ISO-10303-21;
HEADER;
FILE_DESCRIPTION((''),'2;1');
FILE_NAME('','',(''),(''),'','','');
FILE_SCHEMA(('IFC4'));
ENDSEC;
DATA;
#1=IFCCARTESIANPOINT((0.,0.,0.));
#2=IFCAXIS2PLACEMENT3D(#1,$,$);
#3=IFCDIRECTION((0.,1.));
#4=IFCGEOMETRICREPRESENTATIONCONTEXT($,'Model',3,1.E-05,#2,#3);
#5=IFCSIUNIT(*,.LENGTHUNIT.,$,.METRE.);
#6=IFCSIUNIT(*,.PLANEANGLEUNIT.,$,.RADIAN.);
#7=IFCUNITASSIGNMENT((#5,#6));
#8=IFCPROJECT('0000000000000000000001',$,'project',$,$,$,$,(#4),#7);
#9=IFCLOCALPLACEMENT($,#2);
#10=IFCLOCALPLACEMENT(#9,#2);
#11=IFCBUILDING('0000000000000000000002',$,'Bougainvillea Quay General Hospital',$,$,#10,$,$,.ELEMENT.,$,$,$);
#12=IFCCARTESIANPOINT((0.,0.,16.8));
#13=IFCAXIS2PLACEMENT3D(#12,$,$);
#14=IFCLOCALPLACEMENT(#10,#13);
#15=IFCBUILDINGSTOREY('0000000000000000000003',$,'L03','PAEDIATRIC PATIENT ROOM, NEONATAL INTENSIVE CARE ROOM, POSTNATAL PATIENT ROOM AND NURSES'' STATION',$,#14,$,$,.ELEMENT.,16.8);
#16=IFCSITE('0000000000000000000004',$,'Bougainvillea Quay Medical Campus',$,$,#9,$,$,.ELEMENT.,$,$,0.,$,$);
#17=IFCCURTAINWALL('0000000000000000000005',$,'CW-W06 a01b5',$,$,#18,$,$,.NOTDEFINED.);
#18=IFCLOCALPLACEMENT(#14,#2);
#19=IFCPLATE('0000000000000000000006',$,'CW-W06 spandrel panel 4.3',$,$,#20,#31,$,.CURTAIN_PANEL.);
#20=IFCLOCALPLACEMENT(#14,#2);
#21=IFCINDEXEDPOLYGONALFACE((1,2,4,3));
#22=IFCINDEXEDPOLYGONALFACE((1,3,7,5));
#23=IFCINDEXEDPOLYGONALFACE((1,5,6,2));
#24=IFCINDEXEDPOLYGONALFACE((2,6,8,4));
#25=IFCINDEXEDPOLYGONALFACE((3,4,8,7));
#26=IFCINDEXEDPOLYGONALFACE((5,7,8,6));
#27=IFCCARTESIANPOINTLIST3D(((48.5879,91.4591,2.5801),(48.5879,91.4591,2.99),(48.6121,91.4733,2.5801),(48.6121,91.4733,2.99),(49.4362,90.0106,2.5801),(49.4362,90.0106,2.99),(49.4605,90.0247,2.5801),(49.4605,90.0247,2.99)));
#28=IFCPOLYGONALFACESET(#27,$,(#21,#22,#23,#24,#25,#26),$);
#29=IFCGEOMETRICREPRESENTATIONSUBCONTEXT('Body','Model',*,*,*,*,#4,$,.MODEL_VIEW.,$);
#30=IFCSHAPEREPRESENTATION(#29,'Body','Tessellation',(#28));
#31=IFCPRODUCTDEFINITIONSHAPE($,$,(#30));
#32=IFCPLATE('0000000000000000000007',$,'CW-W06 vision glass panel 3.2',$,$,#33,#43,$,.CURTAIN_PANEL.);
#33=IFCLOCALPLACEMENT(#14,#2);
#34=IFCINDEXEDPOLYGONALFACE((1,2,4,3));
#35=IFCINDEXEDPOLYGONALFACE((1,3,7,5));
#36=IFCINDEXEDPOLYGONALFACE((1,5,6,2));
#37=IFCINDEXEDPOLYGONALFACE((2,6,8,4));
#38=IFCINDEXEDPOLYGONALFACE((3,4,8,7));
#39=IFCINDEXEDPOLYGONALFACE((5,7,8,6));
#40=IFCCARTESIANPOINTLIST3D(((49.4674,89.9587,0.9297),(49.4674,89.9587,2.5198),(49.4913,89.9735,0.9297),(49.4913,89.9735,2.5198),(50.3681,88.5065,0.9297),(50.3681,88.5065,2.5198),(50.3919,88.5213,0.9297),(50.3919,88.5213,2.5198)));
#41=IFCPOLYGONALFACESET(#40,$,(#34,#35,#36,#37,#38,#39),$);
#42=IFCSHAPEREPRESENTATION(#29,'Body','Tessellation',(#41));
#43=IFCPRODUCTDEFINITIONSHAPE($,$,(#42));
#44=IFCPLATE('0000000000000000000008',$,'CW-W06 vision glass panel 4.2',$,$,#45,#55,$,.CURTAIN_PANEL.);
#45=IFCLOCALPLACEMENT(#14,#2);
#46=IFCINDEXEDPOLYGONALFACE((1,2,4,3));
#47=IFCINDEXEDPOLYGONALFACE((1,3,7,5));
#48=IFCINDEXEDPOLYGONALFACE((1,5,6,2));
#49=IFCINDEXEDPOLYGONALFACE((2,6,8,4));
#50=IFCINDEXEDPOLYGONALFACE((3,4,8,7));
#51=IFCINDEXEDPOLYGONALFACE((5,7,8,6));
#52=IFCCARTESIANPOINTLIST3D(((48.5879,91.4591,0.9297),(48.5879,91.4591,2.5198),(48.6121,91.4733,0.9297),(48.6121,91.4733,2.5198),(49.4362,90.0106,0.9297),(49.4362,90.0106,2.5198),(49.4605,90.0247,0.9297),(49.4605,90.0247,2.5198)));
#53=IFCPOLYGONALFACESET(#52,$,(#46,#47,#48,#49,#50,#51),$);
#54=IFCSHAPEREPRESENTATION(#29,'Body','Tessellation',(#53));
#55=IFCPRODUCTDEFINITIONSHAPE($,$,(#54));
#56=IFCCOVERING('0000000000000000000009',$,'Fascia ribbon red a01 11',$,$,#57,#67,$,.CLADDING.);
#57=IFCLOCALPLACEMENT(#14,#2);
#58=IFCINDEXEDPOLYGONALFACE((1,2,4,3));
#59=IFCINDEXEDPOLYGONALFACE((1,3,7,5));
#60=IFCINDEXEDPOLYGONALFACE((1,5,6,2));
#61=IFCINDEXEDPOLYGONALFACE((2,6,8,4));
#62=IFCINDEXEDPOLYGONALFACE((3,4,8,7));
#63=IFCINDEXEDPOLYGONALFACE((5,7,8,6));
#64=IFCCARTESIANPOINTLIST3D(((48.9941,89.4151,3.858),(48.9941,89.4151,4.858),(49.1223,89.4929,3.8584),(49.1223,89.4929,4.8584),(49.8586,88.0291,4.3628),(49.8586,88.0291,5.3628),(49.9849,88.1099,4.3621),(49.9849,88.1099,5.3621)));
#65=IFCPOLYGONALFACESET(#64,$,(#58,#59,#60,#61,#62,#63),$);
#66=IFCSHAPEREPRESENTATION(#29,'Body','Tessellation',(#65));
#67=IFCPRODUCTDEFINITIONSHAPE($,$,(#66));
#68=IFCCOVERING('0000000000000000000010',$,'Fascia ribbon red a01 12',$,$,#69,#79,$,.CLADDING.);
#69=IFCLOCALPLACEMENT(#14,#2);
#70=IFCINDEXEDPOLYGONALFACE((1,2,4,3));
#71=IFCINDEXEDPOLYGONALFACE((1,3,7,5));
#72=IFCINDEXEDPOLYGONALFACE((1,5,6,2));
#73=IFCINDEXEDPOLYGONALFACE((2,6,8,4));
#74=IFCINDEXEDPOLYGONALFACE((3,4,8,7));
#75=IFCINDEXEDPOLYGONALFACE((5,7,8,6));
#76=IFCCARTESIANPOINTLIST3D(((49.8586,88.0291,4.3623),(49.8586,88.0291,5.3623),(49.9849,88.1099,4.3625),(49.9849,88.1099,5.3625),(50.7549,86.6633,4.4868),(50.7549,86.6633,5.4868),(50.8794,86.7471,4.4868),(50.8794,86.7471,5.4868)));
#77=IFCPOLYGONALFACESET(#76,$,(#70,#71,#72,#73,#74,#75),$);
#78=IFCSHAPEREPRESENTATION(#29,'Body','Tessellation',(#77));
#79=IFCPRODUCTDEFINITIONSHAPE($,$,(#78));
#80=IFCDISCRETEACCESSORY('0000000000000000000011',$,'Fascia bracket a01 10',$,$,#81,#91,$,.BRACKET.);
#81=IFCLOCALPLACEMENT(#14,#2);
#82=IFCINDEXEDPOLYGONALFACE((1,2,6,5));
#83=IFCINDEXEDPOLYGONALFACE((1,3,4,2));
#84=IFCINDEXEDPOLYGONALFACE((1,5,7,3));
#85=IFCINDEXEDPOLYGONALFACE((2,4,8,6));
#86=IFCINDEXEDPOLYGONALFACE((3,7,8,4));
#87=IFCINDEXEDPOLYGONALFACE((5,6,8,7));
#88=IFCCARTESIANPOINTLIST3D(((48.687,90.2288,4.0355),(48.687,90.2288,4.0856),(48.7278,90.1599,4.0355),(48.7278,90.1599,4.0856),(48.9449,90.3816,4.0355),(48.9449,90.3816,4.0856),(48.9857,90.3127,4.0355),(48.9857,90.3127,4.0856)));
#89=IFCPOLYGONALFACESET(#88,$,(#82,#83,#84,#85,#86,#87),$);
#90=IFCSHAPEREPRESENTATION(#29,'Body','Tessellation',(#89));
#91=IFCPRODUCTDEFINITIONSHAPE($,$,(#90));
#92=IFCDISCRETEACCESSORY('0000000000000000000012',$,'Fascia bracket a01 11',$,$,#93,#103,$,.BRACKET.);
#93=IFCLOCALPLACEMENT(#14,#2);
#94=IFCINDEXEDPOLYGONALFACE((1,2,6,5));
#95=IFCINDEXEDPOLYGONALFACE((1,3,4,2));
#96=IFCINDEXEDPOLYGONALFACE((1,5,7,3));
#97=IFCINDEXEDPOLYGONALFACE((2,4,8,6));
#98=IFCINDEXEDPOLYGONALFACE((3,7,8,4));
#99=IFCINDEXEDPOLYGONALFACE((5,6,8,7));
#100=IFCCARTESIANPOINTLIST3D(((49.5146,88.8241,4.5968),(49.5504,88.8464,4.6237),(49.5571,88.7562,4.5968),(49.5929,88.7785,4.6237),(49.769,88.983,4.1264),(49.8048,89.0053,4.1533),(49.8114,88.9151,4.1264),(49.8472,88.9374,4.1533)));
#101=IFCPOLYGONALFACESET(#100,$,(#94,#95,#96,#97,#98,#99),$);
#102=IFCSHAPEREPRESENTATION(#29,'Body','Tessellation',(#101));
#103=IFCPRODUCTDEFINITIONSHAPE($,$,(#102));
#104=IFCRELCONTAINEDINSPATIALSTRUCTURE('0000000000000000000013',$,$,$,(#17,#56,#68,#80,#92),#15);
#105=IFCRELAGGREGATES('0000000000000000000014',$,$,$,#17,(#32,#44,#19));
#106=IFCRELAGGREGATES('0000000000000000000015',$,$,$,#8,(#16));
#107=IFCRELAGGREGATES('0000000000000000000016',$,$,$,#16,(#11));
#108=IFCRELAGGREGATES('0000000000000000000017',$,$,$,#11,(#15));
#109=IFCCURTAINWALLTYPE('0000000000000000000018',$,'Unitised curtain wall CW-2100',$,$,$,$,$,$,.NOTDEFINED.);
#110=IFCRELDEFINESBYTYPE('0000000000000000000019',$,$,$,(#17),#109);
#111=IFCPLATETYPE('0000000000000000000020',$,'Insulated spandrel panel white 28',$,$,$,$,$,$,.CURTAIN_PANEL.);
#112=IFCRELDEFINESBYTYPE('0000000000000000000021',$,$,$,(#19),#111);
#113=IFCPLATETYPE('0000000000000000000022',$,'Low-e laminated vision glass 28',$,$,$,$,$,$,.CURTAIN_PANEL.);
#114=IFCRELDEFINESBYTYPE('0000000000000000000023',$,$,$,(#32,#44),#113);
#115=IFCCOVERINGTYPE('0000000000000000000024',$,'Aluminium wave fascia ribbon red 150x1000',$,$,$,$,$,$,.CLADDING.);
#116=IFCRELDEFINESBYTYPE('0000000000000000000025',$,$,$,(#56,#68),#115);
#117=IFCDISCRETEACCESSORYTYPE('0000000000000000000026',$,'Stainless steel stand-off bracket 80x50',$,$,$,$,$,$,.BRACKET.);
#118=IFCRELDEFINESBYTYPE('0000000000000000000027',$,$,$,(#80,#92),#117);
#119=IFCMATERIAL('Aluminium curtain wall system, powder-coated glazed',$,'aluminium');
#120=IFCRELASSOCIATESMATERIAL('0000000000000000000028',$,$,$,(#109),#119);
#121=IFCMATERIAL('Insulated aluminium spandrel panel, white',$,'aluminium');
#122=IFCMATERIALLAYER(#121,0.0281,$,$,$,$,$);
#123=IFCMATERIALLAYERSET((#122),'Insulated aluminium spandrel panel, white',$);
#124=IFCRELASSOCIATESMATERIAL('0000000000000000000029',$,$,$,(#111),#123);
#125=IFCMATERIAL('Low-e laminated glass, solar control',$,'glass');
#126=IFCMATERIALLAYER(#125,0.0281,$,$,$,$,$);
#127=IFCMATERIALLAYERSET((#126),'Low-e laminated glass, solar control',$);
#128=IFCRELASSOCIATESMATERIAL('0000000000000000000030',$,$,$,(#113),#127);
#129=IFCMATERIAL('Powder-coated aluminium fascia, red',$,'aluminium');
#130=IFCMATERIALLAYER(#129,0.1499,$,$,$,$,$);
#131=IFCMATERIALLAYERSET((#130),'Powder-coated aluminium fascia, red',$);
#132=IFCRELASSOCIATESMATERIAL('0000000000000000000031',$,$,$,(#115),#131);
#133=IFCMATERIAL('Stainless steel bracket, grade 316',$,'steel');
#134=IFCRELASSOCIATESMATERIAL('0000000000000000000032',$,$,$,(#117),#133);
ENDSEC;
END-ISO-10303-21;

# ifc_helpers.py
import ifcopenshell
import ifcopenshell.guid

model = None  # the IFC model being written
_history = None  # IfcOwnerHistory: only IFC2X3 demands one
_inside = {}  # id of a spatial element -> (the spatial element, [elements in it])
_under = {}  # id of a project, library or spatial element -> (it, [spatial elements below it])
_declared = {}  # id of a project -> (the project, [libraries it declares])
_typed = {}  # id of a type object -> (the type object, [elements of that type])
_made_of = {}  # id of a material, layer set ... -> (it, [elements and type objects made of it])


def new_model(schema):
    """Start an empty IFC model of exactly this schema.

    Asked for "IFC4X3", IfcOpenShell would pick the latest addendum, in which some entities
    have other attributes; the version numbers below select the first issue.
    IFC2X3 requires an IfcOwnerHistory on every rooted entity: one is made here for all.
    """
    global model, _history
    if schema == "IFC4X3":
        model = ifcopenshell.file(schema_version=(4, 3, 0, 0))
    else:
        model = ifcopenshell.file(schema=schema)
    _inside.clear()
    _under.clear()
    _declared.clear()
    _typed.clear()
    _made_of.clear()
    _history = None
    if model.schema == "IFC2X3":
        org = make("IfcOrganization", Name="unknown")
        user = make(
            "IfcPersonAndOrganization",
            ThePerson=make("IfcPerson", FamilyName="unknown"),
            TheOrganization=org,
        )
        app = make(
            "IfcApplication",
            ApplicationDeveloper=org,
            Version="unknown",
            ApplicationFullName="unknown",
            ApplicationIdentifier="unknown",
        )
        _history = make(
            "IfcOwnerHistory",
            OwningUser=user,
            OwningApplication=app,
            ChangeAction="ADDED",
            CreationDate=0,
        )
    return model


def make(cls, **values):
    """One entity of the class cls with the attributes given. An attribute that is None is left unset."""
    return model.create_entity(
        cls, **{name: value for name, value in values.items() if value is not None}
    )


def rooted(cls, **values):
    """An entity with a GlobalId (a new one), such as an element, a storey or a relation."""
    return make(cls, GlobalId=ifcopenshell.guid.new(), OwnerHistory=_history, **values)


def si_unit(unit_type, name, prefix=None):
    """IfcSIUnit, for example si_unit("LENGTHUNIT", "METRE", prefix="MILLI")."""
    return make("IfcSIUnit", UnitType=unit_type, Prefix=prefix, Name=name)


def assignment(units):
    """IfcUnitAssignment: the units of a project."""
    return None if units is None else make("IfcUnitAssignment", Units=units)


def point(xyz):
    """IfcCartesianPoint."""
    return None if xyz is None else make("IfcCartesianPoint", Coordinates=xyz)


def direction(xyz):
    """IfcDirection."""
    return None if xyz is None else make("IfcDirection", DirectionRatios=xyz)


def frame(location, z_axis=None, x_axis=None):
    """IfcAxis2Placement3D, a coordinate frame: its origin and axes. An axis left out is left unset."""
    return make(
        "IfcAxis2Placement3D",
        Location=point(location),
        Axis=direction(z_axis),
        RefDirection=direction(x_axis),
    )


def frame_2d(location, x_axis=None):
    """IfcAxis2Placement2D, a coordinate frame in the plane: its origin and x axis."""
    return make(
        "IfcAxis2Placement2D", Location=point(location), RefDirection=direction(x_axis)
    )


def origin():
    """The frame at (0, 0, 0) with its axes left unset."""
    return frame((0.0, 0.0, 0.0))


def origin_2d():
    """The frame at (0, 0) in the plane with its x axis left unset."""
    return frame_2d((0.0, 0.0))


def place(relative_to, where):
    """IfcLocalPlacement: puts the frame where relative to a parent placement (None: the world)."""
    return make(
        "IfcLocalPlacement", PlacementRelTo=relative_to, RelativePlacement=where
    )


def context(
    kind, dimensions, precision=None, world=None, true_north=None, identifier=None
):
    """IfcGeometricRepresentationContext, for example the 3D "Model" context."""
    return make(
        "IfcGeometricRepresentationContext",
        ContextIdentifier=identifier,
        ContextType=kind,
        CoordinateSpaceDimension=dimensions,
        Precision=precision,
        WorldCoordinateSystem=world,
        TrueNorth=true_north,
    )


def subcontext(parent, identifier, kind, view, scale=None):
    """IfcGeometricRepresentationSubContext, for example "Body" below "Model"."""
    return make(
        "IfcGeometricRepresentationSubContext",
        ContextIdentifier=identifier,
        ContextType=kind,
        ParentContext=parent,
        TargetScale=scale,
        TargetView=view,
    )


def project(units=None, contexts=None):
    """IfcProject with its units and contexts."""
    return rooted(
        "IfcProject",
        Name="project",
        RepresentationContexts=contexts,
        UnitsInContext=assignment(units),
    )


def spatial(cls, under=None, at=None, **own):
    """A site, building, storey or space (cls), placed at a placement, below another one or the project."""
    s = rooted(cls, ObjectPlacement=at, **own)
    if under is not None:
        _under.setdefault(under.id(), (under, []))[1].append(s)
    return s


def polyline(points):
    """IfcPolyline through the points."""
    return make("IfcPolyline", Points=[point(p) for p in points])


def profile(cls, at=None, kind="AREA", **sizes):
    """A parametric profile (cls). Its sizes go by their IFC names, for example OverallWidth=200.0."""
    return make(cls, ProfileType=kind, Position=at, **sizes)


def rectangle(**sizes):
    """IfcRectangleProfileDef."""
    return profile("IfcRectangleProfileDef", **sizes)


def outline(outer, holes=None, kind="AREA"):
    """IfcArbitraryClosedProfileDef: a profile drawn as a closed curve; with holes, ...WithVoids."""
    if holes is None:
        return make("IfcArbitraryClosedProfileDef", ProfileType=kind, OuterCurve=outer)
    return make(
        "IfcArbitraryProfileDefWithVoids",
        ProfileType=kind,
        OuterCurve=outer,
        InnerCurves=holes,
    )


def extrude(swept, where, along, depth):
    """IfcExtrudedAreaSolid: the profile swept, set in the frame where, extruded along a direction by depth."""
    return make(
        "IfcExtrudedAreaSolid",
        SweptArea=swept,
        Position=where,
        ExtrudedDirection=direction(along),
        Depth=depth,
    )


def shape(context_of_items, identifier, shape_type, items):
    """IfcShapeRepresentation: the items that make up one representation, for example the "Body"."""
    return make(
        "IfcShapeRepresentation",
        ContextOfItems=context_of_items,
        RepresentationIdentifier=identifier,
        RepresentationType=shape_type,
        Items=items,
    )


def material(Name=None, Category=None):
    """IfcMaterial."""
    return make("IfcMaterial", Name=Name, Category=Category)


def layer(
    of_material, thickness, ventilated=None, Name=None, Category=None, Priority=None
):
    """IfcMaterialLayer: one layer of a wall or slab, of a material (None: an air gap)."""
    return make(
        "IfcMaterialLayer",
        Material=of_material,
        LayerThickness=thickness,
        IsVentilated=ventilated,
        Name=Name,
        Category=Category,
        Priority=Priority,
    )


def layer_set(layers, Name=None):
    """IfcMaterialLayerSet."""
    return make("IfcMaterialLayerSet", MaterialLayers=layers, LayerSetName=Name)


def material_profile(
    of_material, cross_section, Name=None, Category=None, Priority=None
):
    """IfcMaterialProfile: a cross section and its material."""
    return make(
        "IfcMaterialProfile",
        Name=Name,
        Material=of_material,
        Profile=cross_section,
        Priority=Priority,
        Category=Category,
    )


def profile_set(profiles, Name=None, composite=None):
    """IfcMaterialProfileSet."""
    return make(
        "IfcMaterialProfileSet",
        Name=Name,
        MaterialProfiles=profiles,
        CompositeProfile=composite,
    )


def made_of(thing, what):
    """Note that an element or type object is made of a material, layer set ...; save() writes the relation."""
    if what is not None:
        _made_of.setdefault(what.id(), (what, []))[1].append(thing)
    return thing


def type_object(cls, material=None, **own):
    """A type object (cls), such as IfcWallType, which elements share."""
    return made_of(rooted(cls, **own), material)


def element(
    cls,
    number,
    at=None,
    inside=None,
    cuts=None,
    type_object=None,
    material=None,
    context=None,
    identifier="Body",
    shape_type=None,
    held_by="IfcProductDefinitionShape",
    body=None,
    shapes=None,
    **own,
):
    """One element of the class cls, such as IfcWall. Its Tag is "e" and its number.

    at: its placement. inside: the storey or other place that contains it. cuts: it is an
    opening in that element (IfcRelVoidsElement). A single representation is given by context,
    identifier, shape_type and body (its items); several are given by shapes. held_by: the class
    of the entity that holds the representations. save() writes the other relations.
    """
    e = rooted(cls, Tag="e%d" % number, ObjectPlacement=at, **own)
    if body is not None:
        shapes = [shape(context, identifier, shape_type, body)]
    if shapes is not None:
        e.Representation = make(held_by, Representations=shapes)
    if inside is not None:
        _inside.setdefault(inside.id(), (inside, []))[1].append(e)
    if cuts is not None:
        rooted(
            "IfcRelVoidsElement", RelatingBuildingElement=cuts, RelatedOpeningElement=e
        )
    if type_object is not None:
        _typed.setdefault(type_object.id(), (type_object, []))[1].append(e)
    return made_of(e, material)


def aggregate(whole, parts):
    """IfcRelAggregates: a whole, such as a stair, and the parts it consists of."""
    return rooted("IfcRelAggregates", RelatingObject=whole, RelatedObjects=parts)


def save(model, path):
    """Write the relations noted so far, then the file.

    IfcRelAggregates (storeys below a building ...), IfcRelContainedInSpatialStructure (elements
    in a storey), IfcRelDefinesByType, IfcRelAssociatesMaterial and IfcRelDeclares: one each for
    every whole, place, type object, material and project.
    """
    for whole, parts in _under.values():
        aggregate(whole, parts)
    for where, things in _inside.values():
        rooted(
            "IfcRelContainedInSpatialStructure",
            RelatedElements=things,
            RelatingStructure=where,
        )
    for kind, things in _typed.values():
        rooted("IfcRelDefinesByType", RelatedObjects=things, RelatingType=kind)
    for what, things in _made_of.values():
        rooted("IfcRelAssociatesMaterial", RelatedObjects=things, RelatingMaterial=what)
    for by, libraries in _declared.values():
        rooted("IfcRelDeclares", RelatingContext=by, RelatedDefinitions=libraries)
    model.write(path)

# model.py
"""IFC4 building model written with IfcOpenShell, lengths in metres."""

from ifc_helpers import new_model, si_unit, direction, frame, origin, origin_2d, place, context, subcontext, project, spatial, polyline, rectangle, outline, extrude, material, layer, layer_set, material_profile, profile_set, type_object, element, aggregate, save


model = new_model("IFC4")

# Units and contexts
model_context = context("Model", 3, precision=1e-05, world=origin(), true_north=direction((0.0, 1.0)))
body_context = subcontext(model_context, "Body", "Model", "MODEL_VIEW")
ifc_project = project(units=[si_unit("LENGTHUNIT", "METRE"), si_unit("PLANEANGLEUNIT", "RADIAN")], contexts=[model_context])

# Site, building, storey
site_placement = place(None, origin())
site = spatial("IfcSite", under=ifc_project, at=site_placement, Name="Bougainvillea Quay Medical Campus", CompositionType="ELEMENT", RefElevation=0.0)
building_placement = place(site_placement, origin())
building = spatial("IfcBuilding", under=site, at=building_placement, Name="Bougainvillea Quay General Hospital", CompositionType="ELEMENT")
storey_placement = place(building_placement, frame((0.0, 0.0, 16.8)))
storey = spatial("IfcBuildingStorey", under=building, at=storey_placement, Name="L03", Description="PAEDIATRIC PATIENT ROOM, NEONATAL INTENSIVE CARE ROOM, POSTNATAL PATIENT ROOM AND NURSES' STATION", CompositionType="ELEMENT", Elevation=16.8)

# Curtain wall, plates
ifc_material_1 = material(Name="Aluminium curtain wall system, powder-coated glazed", Category="aluminium")
curtain_wall_type = type_object("IfcCurtainWallType", Name="Unitised curtain wall CW-2100", PredefinedType="NOTDEFINED", material=ifc_material_1)
curtain_wall_placement = place(storey_placement, origin())
curtain_wall = element("IfcCurtainWall", 1, at=curtain_wall_placement, inside=storey, type_object=curtain_wall_type, Name="CW-W06 a01b5", PredefinedType="NOTDEFINED")
ifc_material_2 = material(Name="Insulated aluminium spandrel panel, white", Category="aluminium")
ifc_layer_1 = layer(ifc_material_2, 0.0281)
ifc_layer_set_1 = layer_set([ifc_layer_1], Name="Insulated aluminium spandrel panel, white")
plate_type_1 = type_object("IfcPlateType", Name="Insulated spandrel panel white 28", PredefinedType="CURTAIN_PANEL", material=ifc_layer_set_1)
plate_1_placement = place(storey_placement, frame((49.0242, 90.7419, 2.5801), z_axis=(0.0, 0.0, 1.0), x_axis=(-0.505349, 0.862915, 0.0)))
plate_1 = element("IfcPlate", 2, at=plate_1_placement, type_object=plate_type_1, Name="CW-W06 spandrel panel 4.3", PredefinedType="CURTAIN_PANEL", context=body_context, shape_type="SweptSolid", body=[
    extrude(rectangle(XDim=1.6787, YDim=0.0281, at=origin_2d()), origin(), (0.0, 0.0, 1.0), 0.4099),
])
ifc_material_3 = material(Name="Low-e laminated glass, solar control", Category="glass")
ifc_layer_2 = layer(ifc_material_3, 0.0281)
ifc_layer_set_2 = layer_set([ifc_layer_2], Name="Low-e laminated glass, solar control")
plate_type_2 = type_object("IfcPlateType", Name="Low-e laminated vision glass 28", PredefinedType="CURTAIN_PANEL", material=ifc_layer_set_2)
plate_2_placement = place(storey_placement, frame((49.9297, 89.24, 0.9297), z_axis=(0.0, 0.0, 1.0), x_axis=(-0.527067, 0.849824, 0.0)))
plate_2 = element("IfcPlate", 3, at=plate_2_placement, type_object=plate_type_2, Name="CW-W06 vision glass panel 3.2", PredefinedType="CURTAIN_PANEL", context=body_context, shape_type="SweptSolid", body=[
    extrude(rectangle(XDim=1.7087, YDim=0.0281, at=origin_2d()), origin(), (0.0, 0.0, 1.0), 1.5901),
])
plate_3_placement = place(storey_placement, frame((49.0242, 90.7419, 0.9297), z_axis=(0.0, 0.0, 1.0), x_axis=(-0.505349, 0.862915, 0.0)))
plate_3 = element("IfcPlate", 4, at=plate_3_placement, type_object=plate_type_2, Name="CW-W06 vision glass panel 4.2", PredefinedType="CURTAIN_PANEL", context=body_context, shape_type="SweptSolid", body=[
    extrude(rectangle(XDim=1.6787, YDim=0.0281, at=origin_2d()), origin(), (0.0, 0.0, 1.0), 1.5901),
])
aggregate(curtain_wall, [plate_2, plate_3, plate_1])

# Coverings
ifc_material_4 = material(Name="Powder-coated aluminium fascia, red", Category="aluminium")
ifc_layer_3 = layer(ifc_material_4, 0.1499)
ifc_layer_set_3 = layer_set([ifc_layer_3], Name="Powder-coated aluminium fascia, red")
covering_type = type_object("IfcCoveringType", Name="Aluminium wave fascia ribbon red 150x1000", PredefinedType="CLADDING", material=ifc_layer_set_3)
covering_1_placement = place(storey_placement, frame((49.1223, 89.4929, 3.8584), z_axis=(-0.155612, 0.250928, 0.955416), x_axis=(0.505585, -0.810682, 0.295262)))
element("IfcCovering", 5, at=covering_1_placement, inside=storey, type_object=covering_type, Name="Fascia ribbon red a01 11", PredefinedType="CLADDING", context=body_context, shape_type="SweptSolid", body=[
    extrude(outline(polyline([(0.0, 0.0), (1.706, 0.0), (1.7079, -0.1499), (-0.0018, -0.15), (0.0, 0.0)])), origin(), (0.295262, -0.000714, 0.955416), 1.0),
])
covering_2_placement = place(storey_placement, frame((49.9849, 88.1099, 4.3625), z_axis=(-0.042381, 0.063098, 0.997107), x_axis=(0.547154, -0.833574, 0.076006)))
element("IfcCovering", 6, at=covering_2_placement, inside=storey, type_object=covering_type, Name="Fascia ribbon red a01 12", PredefinedType="CLADDING", context=body_context, shape_type="SweptSolid", body=[
    extrude(outline(polyline([(0.0, 0.0), (1.6349, 0.0), (1.6366, -0.15), (-0.0017, -0.1499), (0.0, 0.0)])), origin(), (0.076006, 0.000803, 0.997107), 1.0),
])

# Discrete accessories
ifc_material_5 = material(Name="Stainless steel bracket, grade 316", Category="steel")
ifc_material_profile_1 = material_profile(ifc_material_5, rectangle(XDim=0.0801, YDim=0.05, at=origin_2d()))
ifc_profile_set_1 = profile_set([ifc_material_profile_1], Name="Stainless steel bracket, grade 316")
discrete_accessory_type = type_object("IfcDiscreteAccessoryType", Name="Stainless steel stand-off bracket 80x50", PredefinedType="BRACKET", material=ifc_profile_set_1)
discrete_accessory_1_placement = place(storey_placement, frame((48.9653, 90.3472, 4.0605), z_axis=(-0.860424, -0.509579, 0.0), x_axis=(0.509579, -0.860424, 0.0)))
element("IfcDiscreteAccessory", 7, at=discrete_accessory_1_placement, inside=storey, type_object=discrete_accessory_type, Name="Fascia bracket a01 10", PredefinedType="BRACKET", context=body_context, shape_type="SweptSolid", body=[
    extrude(rectangle(XDim=0.0801, YDim=0.05, at=origin_2d()), origin(), (0.0, 0.0, 1.0), 0.2998),
])
discrete_accessory_2_placement = place(storey_placement, frame((49.8081, 88.9602, 4.1399), z_axis=(-0.455945, -0.284856, 0.843191), x_axis=(0.529853, -0.84809, 0.0)))
element("IfcDiscreteAccessory", 8, at=discrete_accessory_2_placement, inside=storey, type_object=discrete_accessory_type, Name="Fascia bracket a01 11", PredefinedType="BRACKET", context=body_context, shape_type="SweptSolid", body=[
    extrude(rectangle(XDim=0.0801, YDim=0.05, at=origin_2d()), origin(), (0.0, 0.0, 1.0), 0.5579),
])

save(model, "model.ifc")
